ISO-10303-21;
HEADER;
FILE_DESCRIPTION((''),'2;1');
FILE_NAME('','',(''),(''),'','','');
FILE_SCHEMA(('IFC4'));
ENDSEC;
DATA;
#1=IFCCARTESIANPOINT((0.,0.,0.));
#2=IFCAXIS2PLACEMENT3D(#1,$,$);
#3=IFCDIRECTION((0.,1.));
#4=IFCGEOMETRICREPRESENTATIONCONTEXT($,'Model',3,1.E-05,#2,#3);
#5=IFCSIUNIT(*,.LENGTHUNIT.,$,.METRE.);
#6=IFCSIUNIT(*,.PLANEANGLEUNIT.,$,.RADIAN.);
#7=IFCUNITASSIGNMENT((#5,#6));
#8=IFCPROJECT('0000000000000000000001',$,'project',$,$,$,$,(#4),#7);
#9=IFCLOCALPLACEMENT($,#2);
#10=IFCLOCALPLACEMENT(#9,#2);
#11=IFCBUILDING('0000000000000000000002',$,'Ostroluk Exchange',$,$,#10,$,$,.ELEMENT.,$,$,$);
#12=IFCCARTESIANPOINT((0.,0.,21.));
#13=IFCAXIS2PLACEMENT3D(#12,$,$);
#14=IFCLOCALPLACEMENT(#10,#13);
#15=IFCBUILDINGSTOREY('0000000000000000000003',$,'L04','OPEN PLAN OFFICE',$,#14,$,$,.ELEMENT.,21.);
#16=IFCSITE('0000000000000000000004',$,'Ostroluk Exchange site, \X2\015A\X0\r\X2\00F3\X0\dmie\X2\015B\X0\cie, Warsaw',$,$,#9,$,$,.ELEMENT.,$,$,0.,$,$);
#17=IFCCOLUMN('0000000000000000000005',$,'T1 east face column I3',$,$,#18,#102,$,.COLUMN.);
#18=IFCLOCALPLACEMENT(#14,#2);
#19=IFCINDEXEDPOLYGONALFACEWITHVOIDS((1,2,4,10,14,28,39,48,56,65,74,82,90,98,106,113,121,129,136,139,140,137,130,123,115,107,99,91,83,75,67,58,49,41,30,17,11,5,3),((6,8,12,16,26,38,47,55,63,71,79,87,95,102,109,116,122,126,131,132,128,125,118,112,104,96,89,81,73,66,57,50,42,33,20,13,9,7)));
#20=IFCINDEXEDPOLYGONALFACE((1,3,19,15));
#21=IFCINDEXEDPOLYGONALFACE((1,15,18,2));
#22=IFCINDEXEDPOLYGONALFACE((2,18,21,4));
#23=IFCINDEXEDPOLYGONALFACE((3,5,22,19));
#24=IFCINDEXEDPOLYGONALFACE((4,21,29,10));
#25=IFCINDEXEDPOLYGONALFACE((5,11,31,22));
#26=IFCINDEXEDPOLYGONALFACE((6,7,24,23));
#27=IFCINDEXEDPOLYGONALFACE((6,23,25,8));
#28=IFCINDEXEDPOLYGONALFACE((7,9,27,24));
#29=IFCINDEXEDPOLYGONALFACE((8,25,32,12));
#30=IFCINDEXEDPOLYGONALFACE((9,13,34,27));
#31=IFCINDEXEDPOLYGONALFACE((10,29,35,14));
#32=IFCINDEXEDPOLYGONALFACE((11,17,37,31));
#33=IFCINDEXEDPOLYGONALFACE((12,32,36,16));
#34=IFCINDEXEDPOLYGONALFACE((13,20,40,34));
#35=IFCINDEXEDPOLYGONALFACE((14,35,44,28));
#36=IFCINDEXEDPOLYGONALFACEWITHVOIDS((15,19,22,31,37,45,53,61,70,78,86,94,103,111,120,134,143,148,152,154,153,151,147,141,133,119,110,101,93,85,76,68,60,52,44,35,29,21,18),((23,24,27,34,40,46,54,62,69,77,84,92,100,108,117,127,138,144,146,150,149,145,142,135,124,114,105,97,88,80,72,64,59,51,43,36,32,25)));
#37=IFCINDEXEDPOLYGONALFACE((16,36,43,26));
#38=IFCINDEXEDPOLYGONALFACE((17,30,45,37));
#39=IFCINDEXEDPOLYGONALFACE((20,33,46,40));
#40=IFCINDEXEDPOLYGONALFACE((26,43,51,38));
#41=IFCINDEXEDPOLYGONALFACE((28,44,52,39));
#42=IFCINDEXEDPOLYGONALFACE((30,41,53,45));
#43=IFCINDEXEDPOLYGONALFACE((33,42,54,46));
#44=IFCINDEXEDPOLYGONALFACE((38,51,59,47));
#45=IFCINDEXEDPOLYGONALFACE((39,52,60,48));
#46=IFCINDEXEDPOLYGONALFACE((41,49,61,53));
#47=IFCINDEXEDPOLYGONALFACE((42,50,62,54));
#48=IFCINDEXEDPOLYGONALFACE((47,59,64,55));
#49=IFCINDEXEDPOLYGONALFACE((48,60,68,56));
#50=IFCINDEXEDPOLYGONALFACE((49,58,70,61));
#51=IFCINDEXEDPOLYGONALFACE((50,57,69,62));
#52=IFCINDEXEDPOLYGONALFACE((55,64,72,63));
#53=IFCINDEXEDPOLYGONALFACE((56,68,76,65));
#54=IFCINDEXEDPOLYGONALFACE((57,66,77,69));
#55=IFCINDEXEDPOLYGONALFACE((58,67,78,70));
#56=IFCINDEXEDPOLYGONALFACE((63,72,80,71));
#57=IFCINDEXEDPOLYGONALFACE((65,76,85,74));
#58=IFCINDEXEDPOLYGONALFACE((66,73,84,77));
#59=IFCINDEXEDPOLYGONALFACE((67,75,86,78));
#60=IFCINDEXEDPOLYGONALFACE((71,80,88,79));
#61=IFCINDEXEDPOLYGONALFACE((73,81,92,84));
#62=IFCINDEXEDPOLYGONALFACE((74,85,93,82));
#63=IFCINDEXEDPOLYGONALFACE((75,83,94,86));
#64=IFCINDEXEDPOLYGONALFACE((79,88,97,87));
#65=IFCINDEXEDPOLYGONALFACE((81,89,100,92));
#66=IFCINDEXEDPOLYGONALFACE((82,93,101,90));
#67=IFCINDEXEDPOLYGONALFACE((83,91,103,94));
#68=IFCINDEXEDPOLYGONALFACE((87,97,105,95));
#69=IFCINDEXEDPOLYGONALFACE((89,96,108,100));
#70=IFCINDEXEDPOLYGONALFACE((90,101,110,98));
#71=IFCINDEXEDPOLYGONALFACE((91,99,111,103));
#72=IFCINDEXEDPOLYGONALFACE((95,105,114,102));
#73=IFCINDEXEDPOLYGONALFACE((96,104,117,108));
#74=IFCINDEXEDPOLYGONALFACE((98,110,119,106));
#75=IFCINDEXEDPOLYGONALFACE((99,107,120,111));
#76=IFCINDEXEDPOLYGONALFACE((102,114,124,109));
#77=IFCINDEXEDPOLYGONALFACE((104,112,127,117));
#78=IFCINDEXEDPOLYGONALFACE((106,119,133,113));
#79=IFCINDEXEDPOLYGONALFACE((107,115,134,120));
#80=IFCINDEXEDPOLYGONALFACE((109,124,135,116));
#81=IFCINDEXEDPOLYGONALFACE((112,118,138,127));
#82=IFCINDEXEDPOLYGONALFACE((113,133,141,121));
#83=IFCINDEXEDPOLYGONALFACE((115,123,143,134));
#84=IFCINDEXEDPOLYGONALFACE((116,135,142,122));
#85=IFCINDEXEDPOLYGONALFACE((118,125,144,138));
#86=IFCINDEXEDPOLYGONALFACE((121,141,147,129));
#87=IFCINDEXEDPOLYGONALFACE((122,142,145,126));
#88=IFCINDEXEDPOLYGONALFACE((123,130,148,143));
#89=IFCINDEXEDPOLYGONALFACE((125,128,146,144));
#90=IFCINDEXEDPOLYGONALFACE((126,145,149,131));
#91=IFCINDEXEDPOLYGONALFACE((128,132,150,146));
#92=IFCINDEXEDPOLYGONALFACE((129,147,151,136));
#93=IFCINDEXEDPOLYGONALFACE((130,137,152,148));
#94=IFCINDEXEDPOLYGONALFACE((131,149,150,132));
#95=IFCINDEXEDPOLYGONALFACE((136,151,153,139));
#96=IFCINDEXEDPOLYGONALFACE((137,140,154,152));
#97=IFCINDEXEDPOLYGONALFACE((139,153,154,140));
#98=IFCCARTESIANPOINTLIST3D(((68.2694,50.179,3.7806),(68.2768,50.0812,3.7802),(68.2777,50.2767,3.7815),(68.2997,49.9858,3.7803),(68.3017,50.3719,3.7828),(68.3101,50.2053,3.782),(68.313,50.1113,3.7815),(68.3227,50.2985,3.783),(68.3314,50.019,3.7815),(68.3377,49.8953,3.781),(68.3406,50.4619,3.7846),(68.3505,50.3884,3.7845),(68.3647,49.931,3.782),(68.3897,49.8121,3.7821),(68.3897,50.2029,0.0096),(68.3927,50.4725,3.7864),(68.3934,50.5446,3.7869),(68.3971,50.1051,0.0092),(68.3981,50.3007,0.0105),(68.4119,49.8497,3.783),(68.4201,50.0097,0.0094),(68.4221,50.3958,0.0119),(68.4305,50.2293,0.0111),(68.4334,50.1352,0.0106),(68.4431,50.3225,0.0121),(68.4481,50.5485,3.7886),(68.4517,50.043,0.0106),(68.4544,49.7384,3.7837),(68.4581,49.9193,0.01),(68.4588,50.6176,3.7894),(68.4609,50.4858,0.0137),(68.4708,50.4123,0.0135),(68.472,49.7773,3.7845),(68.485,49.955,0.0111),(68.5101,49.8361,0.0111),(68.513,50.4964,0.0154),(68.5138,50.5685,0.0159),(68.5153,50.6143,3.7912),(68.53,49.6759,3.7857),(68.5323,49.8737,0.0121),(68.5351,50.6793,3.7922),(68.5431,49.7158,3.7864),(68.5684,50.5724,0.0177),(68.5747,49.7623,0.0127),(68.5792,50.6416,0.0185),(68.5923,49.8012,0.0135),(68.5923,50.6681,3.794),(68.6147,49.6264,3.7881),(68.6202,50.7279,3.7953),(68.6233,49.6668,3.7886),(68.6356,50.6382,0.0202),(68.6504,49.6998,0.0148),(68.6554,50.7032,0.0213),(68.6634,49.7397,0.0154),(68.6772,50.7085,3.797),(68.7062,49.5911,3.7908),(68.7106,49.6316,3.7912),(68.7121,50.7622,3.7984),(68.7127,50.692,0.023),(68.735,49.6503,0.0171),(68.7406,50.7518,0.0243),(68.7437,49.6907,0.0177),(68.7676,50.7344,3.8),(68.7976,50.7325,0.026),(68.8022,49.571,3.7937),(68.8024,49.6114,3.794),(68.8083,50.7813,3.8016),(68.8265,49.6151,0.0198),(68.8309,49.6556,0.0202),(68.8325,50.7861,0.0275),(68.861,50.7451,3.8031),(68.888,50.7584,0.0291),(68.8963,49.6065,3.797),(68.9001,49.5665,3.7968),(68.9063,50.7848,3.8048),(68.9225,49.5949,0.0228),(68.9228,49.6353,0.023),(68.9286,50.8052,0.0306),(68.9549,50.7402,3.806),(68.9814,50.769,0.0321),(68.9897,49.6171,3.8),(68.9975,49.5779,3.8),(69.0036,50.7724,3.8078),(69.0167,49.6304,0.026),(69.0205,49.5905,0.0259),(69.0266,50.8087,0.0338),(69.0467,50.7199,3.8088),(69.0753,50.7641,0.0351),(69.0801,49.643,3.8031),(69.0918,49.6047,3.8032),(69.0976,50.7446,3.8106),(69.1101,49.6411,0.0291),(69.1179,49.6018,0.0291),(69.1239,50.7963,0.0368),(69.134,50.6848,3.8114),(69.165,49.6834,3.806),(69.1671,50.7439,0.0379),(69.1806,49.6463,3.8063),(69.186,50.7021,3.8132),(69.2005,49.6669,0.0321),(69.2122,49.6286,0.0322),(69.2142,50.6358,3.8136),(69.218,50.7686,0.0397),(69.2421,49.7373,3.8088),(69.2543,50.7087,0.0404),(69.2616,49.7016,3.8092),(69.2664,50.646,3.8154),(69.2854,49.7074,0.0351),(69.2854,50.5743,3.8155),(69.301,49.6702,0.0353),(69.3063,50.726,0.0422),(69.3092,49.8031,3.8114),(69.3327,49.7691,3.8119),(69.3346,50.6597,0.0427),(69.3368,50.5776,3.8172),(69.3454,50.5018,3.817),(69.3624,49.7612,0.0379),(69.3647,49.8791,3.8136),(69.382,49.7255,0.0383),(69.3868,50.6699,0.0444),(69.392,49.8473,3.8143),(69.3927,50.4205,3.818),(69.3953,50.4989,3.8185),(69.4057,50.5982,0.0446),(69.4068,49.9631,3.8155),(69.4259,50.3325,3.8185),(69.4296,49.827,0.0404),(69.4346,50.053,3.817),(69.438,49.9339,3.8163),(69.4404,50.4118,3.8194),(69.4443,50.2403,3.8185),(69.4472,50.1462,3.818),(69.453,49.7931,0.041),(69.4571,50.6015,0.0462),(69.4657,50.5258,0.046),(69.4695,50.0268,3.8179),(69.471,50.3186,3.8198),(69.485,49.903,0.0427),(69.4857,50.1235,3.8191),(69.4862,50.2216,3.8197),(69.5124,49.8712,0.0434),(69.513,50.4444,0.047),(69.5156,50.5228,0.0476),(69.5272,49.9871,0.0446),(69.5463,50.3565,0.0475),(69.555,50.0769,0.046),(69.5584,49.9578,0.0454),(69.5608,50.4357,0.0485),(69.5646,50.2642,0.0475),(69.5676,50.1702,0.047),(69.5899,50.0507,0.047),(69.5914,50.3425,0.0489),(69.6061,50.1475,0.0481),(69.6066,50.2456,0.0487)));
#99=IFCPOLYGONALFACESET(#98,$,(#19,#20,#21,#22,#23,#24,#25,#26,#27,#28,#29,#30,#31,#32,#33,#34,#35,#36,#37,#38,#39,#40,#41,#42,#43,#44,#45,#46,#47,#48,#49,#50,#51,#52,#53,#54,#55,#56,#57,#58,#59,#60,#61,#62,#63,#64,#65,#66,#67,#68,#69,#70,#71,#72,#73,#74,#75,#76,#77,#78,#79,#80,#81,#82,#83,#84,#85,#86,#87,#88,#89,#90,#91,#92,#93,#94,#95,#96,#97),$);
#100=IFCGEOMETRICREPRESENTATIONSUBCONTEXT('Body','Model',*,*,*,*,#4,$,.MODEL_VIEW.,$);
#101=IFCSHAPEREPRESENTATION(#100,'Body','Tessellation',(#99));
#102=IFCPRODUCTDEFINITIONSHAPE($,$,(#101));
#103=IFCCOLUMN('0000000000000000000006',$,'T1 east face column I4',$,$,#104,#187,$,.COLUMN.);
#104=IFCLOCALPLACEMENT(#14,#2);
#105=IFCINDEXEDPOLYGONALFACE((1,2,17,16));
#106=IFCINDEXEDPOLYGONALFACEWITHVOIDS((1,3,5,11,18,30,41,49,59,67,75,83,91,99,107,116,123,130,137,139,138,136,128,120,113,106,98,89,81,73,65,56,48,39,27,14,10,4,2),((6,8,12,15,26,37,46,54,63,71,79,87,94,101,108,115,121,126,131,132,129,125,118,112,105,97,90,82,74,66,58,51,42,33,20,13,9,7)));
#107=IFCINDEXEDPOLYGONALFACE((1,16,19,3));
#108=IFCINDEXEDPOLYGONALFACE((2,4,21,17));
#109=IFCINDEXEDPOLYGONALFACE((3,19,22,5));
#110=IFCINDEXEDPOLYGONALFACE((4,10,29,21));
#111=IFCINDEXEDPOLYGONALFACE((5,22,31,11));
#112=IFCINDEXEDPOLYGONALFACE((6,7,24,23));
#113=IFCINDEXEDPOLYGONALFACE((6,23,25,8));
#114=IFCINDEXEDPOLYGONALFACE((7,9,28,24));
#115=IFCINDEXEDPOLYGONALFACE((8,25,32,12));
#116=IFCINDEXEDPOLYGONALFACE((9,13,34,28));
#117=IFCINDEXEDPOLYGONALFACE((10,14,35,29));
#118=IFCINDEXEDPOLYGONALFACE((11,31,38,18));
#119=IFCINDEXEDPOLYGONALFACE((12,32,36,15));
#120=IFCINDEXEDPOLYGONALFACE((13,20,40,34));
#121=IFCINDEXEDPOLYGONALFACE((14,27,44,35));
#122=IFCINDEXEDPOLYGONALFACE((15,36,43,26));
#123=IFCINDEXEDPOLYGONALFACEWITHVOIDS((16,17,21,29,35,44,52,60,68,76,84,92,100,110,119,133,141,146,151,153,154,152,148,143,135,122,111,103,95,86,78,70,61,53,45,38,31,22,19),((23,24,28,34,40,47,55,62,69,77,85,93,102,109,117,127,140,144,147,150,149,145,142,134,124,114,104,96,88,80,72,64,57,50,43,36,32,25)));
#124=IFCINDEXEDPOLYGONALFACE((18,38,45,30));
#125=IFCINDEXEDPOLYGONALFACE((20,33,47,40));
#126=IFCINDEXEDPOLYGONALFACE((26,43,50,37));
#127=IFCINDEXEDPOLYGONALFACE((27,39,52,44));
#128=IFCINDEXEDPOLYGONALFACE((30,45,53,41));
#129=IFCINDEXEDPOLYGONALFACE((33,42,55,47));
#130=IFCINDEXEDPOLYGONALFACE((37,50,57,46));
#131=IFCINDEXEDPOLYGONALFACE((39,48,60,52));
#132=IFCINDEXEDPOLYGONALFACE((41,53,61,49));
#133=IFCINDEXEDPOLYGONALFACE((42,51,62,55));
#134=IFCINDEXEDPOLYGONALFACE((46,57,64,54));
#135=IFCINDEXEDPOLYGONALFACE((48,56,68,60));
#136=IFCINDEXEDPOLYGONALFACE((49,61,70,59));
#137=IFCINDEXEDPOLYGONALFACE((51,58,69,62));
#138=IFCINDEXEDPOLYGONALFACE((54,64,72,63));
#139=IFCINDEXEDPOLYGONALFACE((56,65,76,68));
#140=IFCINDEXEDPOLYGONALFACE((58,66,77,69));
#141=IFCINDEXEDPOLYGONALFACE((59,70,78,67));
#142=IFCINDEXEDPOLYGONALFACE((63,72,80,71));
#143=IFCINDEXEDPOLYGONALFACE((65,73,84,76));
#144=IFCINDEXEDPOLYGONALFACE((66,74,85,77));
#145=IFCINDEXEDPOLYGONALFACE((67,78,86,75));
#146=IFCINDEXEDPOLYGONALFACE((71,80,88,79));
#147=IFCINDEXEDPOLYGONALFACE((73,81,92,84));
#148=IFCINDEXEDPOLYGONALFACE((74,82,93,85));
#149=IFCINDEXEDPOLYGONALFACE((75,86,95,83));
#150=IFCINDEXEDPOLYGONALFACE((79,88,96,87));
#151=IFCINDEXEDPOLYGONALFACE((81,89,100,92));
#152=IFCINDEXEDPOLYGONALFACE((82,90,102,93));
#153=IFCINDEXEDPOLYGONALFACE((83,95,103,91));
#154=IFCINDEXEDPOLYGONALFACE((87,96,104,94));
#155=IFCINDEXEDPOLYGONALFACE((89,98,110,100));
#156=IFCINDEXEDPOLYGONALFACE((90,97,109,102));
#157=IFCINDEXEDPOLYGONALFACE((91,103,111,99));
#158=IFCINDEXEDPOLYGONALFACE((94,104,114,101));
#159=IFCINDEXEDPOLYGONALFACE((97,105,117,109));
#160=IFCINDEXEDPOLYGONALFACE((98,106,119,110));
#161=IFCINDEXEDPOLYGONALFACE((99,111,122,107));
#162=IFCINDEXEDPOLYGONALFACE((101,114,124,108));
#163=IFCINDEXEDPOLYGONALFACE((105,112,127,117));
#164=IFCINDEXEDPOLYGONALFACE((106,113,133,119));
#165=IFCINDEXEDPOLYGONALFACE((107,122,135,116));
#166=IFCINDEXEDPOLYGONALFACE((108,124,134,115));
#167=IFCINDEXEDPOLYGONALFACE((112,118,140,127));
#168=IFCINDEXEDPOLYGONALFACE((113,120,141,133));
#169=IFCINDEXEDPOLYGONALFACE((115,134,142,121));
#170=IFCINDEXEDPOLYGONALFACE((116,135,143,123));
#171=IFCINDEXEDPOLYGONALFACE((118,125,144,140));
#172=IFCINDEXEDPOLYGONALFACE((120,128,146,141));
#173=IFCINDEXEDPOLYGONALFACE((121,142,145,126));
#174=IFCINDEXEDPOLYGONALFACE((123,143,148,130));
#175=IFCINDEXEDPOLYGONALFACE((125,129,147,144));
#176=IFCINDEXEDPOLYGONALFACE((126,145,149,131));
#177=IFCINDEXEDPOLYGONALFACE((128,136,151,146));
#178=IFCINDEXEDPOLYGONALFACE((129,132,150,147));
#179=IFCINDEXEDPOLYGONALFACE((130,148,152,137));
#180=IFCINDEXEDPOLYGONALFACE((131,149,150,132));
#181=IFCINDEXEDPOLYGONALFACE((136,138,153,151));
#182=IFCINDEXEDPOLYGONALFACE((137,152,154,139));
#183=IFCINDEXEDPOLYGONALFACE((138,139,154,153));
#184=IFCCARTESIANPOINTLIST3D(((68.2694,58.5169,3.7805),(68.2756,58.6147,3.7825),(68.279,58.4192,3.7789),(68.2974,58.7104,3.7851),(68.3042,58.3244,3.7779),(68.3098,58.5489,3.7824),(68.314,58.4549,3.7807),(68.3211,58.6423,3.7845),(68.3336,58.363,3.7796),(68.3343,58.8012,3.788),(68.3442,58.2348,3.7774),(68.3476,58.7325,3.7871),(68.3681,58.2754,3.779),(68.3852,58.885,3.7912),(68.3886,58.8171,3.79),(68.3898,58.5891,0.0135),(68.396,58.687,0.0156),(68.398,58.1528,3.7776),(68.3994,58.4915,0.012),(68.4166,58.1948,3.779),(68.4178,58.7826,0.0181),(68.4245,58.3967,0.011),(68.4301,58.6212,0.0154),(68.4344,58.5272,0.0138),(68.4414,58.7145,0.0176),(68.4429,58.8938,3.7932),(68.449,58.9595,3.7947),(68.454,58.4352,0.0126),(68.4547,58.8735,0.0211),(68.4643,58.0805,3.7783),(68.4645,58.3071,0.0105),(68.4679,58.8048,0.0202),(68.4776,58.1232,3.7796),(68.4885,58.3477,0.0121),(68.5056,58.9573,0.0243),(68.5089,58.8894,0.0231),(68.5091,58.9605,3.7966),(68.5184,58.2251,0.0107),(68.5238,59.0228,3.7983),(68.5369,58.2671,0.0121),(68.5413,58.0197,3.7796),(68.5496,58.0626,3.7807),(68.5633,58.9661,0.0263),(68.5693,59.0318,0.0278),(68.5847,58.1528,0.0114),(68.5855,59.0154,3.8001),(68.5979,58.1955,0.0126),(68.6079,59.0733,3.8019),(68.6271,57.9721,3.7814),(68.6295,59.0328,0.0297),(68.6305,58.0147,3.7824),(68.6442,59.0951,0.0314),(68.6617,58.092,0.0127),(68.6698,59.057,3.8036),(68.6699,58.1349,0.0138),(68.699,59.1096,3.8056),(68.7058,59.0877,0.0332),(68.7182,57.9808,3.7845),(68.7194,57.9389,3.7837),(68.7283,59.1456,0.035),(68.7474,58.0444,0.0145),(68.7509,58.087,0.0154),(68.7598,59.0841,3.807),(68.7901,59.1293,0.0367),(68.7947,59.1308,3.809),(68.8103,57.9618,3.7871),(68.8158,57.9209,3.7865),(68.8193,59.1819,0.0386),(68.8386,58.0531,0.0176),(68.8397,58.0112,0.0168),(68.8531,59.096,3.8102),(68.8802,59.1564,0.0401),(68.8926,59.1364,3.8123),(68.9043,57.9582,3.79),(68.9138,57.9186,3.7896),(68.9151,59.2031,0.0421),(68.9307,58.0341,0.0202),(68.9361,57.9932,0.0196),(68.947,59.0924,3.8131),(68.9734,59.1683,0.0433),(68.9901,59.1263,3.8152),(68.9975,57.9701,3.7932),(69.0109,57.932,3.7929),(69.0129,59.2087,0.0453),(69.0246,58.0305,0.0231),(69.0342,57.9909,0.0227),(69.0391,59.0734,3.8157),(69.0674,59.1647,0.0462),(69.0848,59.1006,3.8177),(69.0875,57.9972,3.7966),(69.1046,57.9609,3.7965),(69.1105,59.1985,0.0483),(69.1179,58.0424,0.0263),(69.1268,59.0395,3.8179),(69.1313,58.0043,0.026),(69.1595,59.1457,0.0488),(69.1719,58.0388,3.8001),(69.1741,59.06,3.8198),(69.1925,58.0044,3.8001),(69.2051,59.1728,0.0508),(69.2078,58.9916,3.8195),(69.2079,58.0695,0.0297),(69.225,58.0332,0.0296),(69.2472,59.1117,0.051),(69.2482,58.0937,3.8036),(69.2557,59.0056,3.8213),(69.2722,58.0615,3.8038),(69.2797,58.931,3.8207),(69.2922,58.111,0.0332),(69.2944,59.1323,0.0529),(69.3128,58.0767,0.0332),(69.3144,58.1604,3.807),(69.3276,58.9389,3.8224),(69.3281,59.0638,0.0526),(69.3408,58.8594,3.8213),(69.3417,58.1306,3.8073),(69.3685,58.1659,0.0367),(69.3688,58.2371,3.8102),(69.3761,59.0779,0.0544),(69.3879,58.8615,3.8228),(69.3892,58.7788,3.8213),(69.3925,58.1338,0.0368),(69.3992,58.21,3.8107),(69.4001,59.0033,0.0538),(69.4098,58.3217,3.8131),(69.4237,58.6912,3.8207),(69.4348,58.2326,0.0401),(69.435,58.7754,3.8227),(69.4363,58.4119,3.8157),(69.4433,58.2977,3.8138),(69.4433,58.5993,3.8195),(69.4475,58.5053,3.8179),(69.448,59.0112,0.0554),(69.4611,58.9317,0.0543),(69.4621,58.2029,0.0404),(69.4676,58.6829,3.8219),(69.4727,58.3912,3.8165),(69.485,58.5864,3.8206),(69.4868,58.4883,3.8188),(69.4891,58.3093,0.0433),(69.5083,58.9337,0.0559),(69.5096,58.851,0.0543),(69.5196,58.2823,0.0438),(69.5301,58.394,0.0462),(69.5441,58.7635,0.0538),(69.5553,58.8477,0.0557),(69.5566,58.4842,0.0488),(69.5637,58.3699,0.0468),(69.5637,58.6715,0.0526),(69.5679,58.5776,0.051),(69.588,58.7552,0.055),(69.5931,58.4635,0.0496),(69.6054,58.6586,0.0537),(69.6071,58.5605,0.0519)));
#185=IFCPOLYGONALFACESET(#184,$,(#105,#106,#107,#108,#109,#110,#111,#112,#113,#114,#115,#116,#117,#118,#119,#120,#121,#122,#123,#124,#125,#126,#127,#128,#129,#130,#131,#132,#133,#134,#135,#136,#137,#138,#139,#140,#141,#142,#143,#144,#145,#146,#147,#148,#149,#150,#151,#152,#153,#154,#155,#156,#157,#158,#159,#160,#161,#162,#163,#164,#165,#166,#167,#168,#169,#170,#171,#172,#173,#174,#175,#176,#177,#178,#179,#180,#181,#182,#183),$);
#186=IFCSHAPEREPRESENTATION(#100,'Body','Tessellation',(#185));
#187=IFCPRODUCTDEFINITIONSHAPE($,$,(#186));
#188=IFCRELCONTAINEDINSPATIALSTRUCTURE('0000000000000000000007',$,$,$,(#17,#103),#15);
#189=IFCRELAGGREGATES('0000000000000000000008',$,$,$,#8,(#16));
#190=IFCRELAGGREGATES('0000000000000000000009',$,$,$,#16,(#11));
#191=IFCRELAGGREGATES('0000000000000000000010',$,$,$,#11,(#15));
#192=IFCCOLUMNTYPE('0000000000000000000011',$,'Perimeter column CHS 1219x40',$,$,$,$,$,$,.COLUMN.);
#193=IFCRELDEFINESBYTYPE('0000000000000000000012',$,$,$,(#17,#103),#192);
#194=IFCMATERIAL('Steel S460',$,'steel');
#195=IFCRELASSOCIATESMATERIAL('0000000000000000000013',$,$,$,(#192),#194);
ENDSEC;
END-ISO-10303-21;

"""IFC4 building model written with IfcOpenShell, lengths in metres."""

from ifc_helpers import new_model, si_unit, direction, frame, origin, origin_2d, place, context, subcontext, project, spatial, hollow_circle, extrude, material, material_profile, profile_set, type_object, element, save


model = new_model("IFC4")

# Units and contexts
model_context = context("Model", 3, precision=1e-05, world=origin(), true_north=direction((0.0, 1.0)))
body_context = subcontext(model_context, "Body", "Model", "MODEL_VIEW")
ifc_project = project(units=[si_unit("LENGTHUNIT", "METRE"), si_unit("PLANEANGLEUNIT", "RADIAN")], contexts=[model_context])

# Site, building, storey
site_placement = place(None, origin())
site = spatial("IfcSite", under=ifc_project, at=site_placement, Name="Ostroluk Exchange site, Śródmieście, Warsaw", CompositionType="ELEMENT", RefElevation=0.0)
building_placement = place(site_placement, origin())
building = spatial("IfcBuilding", under=site, at=building_placement, Name="Ostroluk Exchange", CompositionType="ELEMENT")
storey_placement = place(building_placement, frame((0.0, 0.0, 21.0)))
storey = spatial("IfcBuildingStorey", under=building, at=storey_placement, Name="L04", Description="OPEN PLAN OFFICE", CompositionType="ELEMENT", Elevation=21.0)

# Columns
ifc_material_1 = material(Name="Steel S460", Category="steel")
ifc_material_profile_1 = material_profile(ifc_material_1, hollow_circle(Radius=0.6096, WallThickness=0.04, at=origin_2d()), Name="CHS 1219x40")
ifc_profile_set_1 = profile_set([ifc_material_profile_1], Name="Steel S460")
column_type = type_object("IfcColumnType", Name="Perimeter column CHS 1219x40", PredefinedType="COLUMN", material=ifc_profile_set_1)
column_1_placement = place(storey_placement, frame((68.999, 50.1997, 0.0291), z_axis=(-0.031901, -0.006341, 0.999471), x_axis=(0.194968, -0.98081, 0.0)))
element("IfcColumn", 1, at=column_1_placement, inside=storey, type_object=column_type, Name="T1 east face column I3", PredefinedType="COLUMN", context=body_context, shape_type="SweptSolid", body=[
    extrude(hollow_circle(Radius=0.6096, WallThickness=0.04, at=origin_2d()), origin(), (0.0, 0.0, 1.0), 3.7729),
])
column_2_placement = place(storey_placement, frame((68.999, 58.5994, 0.0332), z_axis=(-0.031931, -0.019171, 0.999306), x_axis=(0.514751, -0.857339, 0.0)))
element("IfcColumn", 2, at=column_2_placement, inside=storey, type_object=column_type, Name="T1 east face column I4", PredefinedType="COLUMN", context=body_context, shape_type="SweptSolid", body=[
    extrude(hollow_circle(Radius=0.6096, WallThickness=0.04, at=origin_2d()), origin(), (0.0, 0.0, 1.0), 3.7695),
])

save(model, "model.ifc")
